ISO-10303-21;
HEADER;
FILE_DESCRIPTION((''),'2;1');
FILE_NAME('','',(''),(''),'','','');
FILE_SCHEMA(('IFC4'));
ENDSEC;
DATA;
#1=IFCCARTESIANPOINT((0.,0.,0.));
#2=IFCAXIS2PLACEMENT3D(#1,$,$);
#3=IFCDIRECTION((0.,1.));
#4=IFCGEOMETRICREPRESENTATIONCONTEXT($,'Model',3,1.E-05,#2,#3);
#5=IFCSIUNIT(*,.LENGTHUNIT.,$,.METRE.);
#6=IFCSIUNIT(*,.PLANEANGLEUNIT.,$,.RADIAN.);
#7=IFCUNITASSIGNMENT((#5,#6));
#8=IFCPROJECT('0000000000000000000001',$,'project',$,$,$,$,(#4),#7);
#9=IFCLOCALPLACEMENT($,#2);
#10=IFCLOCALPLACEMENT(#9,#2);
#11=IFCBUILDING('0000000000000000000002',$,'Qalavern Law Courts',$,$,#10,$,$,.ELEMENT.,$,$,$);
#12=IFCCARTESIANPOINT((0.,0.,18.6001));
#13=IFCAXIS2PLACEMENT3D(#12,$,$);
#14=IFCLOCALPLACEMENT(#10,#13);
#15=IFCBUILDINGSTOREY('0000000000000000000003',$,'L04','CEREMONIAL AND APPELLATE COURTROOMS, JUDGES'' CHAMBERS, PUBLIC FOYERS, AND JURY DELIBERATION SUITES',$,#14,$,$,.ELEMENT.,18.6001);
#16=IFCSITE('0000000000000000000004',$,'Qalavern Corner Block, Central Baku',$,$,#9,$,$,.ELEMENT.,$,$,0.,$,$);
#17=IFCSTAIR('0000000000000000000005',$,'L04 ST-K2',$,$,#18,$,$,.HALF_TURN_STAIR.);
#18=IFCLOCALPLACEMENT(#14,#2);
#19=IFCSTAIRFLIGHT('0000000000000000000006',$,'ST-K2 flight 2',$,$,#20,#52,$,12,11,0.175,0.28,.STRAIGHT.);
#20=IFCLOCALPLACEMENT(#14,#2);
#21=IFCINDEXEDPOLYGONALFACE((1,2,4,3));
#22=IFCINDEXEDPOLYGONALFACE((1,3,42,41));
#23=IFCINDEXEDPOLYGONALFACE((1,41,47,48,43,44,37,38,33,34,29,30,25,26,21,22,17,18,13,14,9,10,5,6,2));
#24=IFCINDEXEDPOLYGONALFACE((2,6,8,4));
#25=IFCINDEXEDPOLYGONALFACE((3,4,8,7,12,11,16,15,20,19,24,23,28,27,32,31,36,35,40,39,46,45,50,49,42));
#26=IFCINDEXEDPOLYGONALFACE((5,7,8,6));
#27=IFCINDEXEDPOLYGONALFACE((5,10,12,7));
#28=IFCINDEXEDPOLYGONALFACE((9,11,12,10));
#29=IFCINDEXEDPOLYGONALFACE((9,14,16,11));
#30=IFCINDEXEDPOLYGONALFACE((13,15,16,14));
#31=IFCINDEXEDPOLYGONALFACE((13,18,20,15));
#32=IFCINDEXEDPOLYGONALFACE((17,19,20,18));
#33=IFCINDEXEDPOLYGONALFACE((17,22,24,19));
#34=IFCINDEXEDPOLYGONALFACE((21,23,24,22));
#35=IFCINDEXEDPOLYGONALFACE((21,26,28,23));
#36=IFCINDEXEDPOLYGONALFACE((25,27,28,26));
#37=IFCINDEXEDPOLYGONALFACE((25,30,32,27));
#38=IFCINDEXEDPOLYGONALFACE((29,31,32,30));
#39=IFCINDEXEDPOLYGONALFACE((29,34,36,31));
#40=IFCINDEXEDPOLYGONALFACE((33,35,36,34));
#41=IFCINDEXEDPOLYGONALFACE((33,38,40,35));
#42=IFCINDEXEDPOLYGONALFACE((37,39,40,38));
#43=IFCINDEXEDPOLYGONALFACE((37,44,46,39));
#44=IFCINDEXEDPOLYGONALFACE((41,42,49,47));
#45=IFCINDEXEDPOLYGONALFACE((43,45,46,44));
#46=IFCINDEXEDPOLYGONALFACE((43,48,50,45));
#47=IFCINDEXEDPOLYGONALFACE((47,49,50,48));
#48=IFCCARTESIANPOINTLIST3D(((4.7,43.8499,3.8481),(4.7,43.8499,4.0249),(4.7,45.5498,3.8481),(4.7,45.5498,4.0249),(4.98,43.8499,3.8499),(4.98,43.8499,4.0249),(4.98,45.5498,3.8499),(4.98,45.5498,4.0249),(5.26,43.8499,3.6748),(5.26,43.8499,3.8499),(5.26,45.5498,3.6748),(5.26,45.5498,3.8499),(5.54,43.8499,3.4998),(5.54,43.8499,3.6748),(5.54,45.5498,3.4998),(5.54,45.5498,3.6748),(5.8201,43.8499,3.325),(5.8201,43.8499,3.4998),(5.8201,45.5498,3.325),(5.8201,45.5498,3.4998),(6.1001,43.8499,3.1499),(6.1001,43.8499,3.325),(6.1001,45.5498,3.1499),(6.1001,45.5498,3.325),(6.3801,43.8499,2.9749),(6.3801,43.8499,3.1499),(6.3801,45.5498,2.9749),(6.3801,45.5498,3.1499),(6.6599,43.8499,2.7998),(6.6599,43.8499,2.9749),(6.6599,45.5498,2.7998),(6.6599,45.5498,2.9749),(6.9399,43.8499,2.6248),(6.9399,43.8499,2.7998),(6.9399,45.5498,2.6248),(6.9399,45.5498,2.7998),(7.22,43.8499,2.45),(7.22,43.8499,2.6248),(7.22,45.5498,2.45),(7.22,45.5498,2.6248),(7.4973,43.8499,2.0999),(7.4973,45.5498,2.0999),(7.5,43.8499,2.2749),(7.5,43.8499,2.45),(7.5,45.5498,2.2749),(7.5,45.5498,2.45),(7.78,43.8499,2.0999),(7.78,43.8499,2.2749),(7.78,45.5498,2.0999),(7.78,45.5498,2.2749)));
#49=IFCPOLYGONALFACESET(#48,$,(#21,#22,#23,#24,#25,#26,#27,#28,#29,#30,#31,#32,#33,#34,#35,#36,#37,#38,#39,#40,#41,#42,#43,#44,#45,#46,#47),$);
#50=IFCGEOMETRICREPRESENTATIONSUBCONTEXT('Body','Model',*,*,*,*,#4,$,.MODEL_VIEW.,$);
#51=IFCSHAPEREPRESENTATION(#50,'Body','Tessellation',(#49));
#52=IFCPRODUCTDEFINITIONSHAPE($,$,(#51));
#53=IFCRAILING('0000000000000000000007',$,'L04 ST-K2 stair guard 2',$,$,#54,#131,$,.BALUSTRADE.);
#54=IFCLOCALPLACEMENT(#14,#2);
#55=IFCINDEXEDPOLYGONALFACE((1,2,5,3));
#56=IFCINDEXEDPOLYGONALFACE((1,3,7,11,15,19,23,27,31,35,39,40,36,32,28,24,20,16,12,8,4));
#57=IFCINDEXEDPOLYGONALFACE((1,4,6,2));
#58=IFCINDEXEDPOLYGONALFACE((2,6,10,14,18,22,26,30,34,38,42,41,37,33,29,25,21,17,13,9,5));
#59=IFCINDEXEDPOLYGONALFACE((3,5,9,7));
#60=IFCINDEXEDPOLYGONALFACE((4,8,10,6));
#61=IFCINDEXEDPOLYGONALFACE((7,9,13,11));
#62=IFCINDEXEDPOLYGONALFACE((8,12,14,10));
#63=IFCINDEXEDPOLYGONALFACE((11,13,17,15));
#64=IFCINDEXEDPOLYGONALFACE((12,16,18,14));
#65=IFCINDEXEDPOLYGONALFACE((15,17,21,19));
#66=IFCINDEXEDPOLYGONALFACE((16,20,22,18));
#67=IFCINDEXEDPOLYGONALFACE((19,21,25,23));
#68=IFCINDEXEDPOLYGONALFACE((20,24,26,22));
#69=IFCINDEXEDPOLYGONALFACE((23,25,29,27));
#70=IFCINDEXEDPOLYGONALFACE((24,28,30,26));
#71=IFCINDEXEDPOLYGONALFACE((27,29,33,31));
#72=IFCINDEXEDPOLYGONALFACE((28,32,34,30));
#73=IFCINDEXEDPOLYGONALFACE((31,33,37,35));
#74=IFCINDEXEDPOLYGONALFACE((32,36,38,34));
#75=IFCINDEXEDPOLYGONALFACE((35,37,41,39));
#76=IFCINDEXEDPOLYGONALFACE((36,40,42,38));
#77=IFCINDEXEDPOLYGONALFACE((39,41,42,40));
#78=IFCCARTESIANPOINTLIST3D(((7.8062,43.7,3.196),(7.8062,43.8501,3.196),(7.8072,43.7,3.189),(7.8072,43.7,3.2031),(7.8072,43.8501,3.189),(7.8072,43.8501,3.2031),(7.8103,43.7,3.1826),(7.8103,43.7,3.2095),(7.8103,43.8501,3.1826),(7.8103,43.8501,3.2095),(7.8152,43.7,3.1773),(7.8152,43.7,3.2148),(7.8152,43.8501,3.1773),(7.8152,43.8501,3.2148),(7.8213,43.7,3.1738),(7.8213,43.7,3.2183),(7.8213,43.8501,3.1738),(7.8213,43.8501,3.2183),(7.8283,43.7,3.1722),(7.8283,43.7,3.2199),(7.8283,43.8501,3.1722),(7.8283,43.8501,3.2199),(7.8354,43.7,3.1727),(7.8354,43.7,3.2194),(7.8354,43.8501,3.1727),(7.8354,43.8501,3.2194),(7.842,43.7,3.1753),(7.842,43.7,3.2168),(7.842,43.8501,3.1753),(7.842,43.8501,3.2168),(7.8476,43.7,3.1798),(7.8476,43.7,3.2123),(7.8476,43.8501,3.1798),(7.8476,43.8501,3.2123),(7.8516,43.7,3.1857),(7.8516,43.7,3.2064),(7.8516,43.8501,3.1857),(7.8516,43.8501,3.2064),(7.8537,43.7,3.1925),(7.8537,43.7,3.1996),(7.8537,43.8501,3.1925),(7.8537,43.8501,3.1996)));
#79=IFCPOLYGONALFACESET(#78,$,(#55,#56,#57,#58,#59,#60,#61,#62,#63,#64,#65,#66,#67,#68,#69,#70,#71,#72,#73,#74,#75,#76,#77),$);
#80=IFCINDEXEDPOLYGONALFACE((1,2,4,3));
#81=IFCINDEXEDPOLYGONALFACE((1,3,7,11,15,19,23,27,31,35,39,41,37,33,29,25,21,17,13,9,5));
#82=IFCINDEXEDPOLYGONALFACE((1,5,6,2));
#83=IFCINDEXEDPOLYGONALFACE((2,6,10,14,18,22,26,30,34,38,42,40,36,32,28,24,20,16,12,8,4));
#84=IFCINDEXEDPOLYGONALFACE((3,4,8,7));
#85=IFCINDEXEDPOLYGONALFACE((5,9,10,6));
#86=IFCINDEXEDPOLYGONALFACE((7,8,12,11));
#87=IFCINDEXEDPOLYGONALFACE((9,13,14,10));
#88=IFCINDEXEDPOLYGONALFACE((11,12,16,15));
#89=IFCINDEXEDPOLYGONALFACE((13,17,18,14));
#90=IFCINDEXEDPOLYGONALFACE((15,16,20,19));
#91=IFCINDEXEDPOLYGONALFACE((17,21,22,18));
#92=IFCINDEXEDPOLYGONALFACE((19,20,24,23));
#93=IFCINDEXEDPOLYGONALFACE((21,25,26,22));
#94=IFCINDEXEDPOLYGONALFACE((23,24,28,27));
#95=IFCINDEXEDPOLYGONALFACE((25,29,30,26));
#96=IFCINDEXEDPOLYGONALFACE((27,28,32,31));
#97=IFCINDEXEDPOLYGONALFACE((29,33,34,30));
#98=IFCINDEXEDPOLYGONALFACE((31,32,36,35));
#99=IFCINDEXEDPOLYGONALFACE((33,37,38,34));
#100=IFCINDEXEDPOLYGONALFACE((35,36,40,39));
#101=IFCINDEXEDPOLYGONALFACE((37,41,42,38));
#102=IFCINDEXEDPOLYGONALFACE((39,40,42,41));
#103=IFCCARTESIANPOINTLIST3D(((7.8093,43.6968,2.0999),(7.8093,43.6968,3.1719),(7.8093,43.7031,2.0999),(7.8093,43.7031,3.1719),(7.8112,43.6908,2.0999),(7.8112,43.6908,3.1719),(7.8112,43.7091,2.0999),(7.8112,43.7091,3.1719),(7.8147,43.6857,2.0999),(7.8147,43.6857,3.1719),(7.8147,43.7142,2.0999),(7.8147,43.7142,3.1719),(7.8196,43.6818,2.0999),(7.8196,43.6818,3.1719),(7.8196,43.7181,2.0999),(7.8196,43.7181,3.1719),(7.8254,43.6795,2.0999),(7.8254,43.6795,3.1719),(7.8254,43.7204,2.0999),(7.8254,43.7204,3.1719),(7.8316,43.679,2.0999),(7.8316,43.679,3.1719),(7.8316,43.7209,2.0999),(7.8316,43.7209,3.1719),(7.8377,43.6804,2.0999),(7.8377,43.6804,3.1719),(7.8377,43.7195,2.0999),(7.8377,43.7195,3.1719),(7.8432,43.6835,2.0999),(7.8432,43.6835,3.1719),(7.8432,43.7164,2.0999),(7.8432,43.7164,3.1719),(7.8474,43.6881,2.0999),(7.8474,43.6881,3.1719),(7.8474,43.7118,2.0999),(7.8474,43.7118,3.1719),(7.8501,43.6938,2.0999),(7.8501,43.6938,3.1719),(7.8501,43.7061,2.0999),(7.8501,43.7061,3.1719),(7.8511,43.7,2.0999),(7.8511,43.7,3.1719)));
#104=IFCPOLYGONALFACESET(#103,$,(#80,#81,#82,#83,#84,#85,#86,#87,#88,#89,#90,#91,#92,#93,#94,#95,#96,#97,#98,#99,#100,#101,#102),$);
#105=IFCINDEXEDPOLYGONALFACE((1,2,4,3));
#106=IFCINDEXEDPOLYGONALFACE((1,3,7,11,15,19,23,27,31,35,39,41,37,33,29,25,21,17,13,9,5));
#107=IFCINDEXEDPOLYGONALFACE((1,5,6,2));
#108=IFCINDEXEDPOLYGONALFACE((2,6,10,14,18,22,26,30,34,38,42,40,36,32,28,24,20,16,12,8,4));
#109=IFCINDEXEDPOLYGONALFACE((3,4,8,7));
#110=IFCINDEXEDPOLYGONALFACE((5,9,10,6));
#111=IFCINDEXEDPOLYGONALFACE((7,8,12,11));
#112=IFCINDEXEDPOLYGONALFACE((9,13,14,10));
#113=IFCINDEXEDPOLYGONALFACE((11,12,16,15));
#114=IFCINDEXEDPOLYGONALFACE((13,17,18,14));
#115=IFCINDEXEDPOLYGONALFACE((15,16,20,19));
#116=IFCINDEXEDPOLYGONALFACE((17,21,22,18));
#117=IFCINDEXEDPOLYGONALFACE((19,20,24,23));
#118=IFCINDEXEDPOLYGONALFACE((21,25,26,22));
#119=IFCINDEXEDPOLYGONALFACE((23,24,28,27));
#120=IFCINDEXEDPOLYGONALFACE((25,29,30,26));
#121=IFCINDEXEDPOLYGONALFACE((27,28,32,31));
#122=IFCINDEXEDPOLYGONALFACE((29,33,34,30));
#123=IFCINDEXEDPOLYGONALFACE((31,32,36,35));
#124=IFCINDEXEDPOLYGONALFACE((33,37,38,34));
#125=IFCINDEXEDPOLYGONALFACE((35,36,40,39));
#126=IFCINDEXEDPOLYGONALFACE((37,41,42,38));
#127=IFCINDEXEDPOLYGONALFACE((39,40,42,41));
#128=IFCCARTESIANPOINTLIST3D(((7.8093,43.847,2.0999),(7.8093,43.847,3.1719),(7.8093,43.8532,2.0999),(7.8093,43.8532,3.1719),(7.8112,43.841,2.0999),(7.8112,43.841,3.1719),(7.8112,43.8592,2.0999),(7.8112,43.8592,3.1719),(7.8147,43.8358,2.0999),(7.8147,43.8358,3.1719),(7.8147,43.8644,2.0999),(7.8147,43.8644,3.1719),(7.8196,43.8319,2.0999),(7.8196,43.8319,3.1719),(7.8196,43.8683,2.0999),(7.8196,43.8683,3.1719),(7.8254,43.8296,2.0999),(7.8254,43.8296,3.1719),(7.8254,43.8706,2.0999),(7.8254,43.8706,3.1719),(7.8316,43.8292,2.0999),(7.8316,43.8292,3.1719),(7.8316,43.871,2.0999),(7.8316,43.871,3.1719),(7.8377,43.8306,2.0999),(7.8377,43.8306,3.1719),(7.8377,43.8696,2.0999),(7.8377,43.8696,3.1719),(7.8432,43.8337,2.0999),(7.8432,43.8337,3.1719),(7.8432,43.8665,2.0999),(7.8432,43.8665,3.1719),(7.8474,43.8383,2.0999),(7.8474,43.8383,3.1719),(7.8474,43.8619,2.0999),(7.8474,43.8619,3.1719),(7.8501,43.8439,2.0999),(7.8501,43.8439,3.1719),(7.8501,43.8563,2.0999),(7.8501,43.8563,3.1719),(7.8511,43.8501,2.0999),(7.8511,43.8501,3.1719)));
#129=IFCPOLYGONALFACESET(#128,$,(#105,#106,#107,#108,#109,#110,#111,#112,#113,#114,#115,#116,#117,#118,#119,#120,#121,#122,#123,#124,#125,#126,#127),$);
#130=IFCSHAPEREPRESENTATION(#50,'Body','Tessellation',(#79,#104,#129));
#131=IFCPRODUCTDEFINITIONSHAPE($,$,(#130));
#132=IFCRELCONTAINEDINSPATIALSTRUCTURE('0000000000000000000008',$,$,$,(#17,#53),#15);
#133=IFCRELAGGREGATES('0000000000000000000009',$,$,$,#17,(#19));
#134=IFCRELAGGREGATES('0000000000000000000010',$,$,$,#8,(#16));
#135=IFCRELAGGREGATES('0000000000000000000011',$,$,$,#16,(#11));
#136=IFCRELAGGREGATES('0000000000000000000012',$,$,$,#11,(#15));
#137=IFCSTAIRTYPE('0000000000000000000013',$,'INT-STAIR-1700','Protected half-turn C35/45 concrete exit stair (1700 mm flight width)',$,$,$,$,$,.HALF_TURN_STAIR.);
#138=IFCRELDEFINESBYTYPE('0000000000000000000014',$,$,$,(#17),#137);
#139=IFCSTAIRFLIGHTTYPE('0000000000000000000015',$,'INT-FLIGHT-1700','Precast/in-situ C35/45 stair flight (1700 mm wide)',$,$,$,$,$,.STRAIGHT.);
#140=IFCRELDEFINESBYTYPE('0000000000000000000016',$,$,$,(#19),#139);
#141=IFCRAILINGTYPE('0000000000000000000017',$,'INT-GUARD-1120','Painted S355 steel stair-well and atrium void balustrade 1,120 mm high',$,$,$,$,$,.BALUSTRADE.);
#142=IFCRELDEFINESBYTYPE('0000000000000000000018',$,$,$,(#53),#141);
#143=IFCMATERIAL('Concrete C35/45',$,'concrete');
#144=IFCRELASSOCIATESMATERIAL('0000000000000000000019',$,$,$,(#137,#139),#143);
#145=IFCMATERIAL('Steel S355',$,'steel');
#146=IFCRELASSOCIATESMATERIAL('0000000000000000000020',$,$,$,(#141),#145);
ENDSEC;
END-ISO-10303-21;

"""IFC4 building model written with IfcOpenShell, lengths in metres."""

from ifc_helpers import new_model, si_unit, direction, frame, origin, origin_2d, place, context, subcontext, project, spatial, polyline, circle, outline, extrude, material, type_object, element, aggregate, save


model = new_model("IFC4")

# Units and contexts
model_context = context("Model", 3, precision=1e-05, world=origin(), true_north=direction((0.0, 1.0)))
body_context = subcontext(model_context, "Body", "Model", "MODEL_VIEW")
ifc_project = project(units=[si_unit("LENGTHUNIT", "METRE"), si_unit("PLANEANGLEUNIT", "RADIAN")], contexts=[model_context])

# Site, building, storey
site_placement = place(None, origin())
site = spatial("IfcSite", under=ifc_project, at=site_placement, Name="Qalavern Corner Block, Central Baku", CompositionType="ELEMENT", RefElevation=0.0)
building_placement = place(site_placement, origin())
building = spatial("IfcBuilding", under=site, at=building_placement, Name="Qalavern Law Courts", CompositionType="ELEMENT")
storey_placement = place(building_placement, frame((0.0, 0.0, 18.6001)))
storey = spatial("IfcBuildingStorey", under=building, at=storey_placement, Name="L04", Description="CEREMONIAL AND APPELLATE COURTROOMS, JUDGES' CHAMBERS, PUBLIC FOYERS, AND JURY DELIBERATION SUITES", CompositionType="ELEMENT", Elevation=18.6001)

# Shared definitions
ifc_material_1 = material(Name="Steel S355", Category="steel")

# Stair, stair flight
ifc_material_2 = material(Name="Concrete C35/45", Category="concrete")
stair_type = type_object("IfcStairType", Name="INT-STAIR-1700", Description="Protected half-turn C35/45 concrete exit stair (1700 mm flight width)", PredefinedType="HALF_TURN_STAIR", material=ifc_material_2)
stair_placement = place(storey_placement, origin())
stair = element("IfcStair", 1, at=stair_placement, inside=storey, type_object=stair_type, Name="L04 ST-K2", PredefinedType="HALF_TURN_STAIR")
stair_flight_type = type_object("IfcStairFlightType", Name="INT-FLIGHT-1700", Description="Precast/in-situ C35/45 stair flight (1700 mm wide)", PredefinedType="STRAIGHT", material=ifc_material_2)
stair_flight_placement = place(storey_placement, frame((7.78, 44.7, 2.0999), z_axis=(0.0, 0.0, 1.0), x_axis=(-1.0, 0.0, 0.0)))
stair_flight = element("IfcStairFlight", 2, at=stair_flight_placement, type_object=stair_flight_type, Name="ST-K2 flight 2", NumberOfRisers=12, NumberOfTreads=11, PredefinedType="STRAIGHT", RiserHeight=0.175, TreadLength=0.28, context=body_context, shape_type="SweptSolid", body=[
    extrude(outline(polyline([(0.0, 0.0), (0.0, 0.175), (0.28, 0.175), (0.28, 0.3501), (0.5601, 0.3501), (0.5601, 0.5249), (0.8401, 0.5249), (0.8401, 0.7), (1.1201, 0.7), (1.1201, 0.875), (1.3999, 0.875), (1.3999, 1.05), (1.6799, 1.05), (1.6799, 1.2251), (1.96, 1.2251), (1.96, 1.3999), (2.24, 1.3999), (2.24, 1.575), (2.52, 1.575), (2.52, 1.75), (2.8, 1.75), (2.8, 1.925), (3.0801, 1.925), (3.0801, 2.1001), (3.0801, 1.7483), (0.2827, 0.0), (0.0, 0.0)])), frame((0.0, 0.8501, 0.0), z_axis=(0.0, -1.0, 0.0), x_axis=(1.0, 0.0, 0.0)), (0.0, 0.0, 1.0), 1.7),
])
aggregate(stair, [stair_flight])

# Railing
railing_type_1 = type_object("IfcRailingType", Name="INT-GUARD-1120", Description="Painted S355 steel stair-well and atrium void balustrade 1,120 mm high", PredefinedType="BALUSTRADE", material=ifc_material_1)
railing_1_placement = place(storey_placement, frame((7.8301, 43.7, 2.0999)))
element("IfcRailing", 3, at=railing_1_placement, inside=storey, type_object=railing_type_1, Name="L04 ST-K2 stair guard 2", PredefinedType="BALUSTRADE", context=body_context, shape_type="SweptSolid", body=[
    extrude(circle(Radius=0.0239, at=origin_2d()), frame((0.0, 0.0, 1.0962), z_axis=(0.0, 1.0, 0.0), x_axis=(-1.0, 0.0, 0.0)), (0.0, 0.0, 1.0), 0.1501),
    extrude(circle(Radius=0.021, at=origin_2d()), origin(), (0.0, 0.0, 1.0), 1.072),
    extrude(circle(Radius=0.021, at=origin_2d()), frame((0.0, 0.1501, 0.0)), (0.0, 0.0, 1.0), 1.072),
])

save(model, "model.ifc")
